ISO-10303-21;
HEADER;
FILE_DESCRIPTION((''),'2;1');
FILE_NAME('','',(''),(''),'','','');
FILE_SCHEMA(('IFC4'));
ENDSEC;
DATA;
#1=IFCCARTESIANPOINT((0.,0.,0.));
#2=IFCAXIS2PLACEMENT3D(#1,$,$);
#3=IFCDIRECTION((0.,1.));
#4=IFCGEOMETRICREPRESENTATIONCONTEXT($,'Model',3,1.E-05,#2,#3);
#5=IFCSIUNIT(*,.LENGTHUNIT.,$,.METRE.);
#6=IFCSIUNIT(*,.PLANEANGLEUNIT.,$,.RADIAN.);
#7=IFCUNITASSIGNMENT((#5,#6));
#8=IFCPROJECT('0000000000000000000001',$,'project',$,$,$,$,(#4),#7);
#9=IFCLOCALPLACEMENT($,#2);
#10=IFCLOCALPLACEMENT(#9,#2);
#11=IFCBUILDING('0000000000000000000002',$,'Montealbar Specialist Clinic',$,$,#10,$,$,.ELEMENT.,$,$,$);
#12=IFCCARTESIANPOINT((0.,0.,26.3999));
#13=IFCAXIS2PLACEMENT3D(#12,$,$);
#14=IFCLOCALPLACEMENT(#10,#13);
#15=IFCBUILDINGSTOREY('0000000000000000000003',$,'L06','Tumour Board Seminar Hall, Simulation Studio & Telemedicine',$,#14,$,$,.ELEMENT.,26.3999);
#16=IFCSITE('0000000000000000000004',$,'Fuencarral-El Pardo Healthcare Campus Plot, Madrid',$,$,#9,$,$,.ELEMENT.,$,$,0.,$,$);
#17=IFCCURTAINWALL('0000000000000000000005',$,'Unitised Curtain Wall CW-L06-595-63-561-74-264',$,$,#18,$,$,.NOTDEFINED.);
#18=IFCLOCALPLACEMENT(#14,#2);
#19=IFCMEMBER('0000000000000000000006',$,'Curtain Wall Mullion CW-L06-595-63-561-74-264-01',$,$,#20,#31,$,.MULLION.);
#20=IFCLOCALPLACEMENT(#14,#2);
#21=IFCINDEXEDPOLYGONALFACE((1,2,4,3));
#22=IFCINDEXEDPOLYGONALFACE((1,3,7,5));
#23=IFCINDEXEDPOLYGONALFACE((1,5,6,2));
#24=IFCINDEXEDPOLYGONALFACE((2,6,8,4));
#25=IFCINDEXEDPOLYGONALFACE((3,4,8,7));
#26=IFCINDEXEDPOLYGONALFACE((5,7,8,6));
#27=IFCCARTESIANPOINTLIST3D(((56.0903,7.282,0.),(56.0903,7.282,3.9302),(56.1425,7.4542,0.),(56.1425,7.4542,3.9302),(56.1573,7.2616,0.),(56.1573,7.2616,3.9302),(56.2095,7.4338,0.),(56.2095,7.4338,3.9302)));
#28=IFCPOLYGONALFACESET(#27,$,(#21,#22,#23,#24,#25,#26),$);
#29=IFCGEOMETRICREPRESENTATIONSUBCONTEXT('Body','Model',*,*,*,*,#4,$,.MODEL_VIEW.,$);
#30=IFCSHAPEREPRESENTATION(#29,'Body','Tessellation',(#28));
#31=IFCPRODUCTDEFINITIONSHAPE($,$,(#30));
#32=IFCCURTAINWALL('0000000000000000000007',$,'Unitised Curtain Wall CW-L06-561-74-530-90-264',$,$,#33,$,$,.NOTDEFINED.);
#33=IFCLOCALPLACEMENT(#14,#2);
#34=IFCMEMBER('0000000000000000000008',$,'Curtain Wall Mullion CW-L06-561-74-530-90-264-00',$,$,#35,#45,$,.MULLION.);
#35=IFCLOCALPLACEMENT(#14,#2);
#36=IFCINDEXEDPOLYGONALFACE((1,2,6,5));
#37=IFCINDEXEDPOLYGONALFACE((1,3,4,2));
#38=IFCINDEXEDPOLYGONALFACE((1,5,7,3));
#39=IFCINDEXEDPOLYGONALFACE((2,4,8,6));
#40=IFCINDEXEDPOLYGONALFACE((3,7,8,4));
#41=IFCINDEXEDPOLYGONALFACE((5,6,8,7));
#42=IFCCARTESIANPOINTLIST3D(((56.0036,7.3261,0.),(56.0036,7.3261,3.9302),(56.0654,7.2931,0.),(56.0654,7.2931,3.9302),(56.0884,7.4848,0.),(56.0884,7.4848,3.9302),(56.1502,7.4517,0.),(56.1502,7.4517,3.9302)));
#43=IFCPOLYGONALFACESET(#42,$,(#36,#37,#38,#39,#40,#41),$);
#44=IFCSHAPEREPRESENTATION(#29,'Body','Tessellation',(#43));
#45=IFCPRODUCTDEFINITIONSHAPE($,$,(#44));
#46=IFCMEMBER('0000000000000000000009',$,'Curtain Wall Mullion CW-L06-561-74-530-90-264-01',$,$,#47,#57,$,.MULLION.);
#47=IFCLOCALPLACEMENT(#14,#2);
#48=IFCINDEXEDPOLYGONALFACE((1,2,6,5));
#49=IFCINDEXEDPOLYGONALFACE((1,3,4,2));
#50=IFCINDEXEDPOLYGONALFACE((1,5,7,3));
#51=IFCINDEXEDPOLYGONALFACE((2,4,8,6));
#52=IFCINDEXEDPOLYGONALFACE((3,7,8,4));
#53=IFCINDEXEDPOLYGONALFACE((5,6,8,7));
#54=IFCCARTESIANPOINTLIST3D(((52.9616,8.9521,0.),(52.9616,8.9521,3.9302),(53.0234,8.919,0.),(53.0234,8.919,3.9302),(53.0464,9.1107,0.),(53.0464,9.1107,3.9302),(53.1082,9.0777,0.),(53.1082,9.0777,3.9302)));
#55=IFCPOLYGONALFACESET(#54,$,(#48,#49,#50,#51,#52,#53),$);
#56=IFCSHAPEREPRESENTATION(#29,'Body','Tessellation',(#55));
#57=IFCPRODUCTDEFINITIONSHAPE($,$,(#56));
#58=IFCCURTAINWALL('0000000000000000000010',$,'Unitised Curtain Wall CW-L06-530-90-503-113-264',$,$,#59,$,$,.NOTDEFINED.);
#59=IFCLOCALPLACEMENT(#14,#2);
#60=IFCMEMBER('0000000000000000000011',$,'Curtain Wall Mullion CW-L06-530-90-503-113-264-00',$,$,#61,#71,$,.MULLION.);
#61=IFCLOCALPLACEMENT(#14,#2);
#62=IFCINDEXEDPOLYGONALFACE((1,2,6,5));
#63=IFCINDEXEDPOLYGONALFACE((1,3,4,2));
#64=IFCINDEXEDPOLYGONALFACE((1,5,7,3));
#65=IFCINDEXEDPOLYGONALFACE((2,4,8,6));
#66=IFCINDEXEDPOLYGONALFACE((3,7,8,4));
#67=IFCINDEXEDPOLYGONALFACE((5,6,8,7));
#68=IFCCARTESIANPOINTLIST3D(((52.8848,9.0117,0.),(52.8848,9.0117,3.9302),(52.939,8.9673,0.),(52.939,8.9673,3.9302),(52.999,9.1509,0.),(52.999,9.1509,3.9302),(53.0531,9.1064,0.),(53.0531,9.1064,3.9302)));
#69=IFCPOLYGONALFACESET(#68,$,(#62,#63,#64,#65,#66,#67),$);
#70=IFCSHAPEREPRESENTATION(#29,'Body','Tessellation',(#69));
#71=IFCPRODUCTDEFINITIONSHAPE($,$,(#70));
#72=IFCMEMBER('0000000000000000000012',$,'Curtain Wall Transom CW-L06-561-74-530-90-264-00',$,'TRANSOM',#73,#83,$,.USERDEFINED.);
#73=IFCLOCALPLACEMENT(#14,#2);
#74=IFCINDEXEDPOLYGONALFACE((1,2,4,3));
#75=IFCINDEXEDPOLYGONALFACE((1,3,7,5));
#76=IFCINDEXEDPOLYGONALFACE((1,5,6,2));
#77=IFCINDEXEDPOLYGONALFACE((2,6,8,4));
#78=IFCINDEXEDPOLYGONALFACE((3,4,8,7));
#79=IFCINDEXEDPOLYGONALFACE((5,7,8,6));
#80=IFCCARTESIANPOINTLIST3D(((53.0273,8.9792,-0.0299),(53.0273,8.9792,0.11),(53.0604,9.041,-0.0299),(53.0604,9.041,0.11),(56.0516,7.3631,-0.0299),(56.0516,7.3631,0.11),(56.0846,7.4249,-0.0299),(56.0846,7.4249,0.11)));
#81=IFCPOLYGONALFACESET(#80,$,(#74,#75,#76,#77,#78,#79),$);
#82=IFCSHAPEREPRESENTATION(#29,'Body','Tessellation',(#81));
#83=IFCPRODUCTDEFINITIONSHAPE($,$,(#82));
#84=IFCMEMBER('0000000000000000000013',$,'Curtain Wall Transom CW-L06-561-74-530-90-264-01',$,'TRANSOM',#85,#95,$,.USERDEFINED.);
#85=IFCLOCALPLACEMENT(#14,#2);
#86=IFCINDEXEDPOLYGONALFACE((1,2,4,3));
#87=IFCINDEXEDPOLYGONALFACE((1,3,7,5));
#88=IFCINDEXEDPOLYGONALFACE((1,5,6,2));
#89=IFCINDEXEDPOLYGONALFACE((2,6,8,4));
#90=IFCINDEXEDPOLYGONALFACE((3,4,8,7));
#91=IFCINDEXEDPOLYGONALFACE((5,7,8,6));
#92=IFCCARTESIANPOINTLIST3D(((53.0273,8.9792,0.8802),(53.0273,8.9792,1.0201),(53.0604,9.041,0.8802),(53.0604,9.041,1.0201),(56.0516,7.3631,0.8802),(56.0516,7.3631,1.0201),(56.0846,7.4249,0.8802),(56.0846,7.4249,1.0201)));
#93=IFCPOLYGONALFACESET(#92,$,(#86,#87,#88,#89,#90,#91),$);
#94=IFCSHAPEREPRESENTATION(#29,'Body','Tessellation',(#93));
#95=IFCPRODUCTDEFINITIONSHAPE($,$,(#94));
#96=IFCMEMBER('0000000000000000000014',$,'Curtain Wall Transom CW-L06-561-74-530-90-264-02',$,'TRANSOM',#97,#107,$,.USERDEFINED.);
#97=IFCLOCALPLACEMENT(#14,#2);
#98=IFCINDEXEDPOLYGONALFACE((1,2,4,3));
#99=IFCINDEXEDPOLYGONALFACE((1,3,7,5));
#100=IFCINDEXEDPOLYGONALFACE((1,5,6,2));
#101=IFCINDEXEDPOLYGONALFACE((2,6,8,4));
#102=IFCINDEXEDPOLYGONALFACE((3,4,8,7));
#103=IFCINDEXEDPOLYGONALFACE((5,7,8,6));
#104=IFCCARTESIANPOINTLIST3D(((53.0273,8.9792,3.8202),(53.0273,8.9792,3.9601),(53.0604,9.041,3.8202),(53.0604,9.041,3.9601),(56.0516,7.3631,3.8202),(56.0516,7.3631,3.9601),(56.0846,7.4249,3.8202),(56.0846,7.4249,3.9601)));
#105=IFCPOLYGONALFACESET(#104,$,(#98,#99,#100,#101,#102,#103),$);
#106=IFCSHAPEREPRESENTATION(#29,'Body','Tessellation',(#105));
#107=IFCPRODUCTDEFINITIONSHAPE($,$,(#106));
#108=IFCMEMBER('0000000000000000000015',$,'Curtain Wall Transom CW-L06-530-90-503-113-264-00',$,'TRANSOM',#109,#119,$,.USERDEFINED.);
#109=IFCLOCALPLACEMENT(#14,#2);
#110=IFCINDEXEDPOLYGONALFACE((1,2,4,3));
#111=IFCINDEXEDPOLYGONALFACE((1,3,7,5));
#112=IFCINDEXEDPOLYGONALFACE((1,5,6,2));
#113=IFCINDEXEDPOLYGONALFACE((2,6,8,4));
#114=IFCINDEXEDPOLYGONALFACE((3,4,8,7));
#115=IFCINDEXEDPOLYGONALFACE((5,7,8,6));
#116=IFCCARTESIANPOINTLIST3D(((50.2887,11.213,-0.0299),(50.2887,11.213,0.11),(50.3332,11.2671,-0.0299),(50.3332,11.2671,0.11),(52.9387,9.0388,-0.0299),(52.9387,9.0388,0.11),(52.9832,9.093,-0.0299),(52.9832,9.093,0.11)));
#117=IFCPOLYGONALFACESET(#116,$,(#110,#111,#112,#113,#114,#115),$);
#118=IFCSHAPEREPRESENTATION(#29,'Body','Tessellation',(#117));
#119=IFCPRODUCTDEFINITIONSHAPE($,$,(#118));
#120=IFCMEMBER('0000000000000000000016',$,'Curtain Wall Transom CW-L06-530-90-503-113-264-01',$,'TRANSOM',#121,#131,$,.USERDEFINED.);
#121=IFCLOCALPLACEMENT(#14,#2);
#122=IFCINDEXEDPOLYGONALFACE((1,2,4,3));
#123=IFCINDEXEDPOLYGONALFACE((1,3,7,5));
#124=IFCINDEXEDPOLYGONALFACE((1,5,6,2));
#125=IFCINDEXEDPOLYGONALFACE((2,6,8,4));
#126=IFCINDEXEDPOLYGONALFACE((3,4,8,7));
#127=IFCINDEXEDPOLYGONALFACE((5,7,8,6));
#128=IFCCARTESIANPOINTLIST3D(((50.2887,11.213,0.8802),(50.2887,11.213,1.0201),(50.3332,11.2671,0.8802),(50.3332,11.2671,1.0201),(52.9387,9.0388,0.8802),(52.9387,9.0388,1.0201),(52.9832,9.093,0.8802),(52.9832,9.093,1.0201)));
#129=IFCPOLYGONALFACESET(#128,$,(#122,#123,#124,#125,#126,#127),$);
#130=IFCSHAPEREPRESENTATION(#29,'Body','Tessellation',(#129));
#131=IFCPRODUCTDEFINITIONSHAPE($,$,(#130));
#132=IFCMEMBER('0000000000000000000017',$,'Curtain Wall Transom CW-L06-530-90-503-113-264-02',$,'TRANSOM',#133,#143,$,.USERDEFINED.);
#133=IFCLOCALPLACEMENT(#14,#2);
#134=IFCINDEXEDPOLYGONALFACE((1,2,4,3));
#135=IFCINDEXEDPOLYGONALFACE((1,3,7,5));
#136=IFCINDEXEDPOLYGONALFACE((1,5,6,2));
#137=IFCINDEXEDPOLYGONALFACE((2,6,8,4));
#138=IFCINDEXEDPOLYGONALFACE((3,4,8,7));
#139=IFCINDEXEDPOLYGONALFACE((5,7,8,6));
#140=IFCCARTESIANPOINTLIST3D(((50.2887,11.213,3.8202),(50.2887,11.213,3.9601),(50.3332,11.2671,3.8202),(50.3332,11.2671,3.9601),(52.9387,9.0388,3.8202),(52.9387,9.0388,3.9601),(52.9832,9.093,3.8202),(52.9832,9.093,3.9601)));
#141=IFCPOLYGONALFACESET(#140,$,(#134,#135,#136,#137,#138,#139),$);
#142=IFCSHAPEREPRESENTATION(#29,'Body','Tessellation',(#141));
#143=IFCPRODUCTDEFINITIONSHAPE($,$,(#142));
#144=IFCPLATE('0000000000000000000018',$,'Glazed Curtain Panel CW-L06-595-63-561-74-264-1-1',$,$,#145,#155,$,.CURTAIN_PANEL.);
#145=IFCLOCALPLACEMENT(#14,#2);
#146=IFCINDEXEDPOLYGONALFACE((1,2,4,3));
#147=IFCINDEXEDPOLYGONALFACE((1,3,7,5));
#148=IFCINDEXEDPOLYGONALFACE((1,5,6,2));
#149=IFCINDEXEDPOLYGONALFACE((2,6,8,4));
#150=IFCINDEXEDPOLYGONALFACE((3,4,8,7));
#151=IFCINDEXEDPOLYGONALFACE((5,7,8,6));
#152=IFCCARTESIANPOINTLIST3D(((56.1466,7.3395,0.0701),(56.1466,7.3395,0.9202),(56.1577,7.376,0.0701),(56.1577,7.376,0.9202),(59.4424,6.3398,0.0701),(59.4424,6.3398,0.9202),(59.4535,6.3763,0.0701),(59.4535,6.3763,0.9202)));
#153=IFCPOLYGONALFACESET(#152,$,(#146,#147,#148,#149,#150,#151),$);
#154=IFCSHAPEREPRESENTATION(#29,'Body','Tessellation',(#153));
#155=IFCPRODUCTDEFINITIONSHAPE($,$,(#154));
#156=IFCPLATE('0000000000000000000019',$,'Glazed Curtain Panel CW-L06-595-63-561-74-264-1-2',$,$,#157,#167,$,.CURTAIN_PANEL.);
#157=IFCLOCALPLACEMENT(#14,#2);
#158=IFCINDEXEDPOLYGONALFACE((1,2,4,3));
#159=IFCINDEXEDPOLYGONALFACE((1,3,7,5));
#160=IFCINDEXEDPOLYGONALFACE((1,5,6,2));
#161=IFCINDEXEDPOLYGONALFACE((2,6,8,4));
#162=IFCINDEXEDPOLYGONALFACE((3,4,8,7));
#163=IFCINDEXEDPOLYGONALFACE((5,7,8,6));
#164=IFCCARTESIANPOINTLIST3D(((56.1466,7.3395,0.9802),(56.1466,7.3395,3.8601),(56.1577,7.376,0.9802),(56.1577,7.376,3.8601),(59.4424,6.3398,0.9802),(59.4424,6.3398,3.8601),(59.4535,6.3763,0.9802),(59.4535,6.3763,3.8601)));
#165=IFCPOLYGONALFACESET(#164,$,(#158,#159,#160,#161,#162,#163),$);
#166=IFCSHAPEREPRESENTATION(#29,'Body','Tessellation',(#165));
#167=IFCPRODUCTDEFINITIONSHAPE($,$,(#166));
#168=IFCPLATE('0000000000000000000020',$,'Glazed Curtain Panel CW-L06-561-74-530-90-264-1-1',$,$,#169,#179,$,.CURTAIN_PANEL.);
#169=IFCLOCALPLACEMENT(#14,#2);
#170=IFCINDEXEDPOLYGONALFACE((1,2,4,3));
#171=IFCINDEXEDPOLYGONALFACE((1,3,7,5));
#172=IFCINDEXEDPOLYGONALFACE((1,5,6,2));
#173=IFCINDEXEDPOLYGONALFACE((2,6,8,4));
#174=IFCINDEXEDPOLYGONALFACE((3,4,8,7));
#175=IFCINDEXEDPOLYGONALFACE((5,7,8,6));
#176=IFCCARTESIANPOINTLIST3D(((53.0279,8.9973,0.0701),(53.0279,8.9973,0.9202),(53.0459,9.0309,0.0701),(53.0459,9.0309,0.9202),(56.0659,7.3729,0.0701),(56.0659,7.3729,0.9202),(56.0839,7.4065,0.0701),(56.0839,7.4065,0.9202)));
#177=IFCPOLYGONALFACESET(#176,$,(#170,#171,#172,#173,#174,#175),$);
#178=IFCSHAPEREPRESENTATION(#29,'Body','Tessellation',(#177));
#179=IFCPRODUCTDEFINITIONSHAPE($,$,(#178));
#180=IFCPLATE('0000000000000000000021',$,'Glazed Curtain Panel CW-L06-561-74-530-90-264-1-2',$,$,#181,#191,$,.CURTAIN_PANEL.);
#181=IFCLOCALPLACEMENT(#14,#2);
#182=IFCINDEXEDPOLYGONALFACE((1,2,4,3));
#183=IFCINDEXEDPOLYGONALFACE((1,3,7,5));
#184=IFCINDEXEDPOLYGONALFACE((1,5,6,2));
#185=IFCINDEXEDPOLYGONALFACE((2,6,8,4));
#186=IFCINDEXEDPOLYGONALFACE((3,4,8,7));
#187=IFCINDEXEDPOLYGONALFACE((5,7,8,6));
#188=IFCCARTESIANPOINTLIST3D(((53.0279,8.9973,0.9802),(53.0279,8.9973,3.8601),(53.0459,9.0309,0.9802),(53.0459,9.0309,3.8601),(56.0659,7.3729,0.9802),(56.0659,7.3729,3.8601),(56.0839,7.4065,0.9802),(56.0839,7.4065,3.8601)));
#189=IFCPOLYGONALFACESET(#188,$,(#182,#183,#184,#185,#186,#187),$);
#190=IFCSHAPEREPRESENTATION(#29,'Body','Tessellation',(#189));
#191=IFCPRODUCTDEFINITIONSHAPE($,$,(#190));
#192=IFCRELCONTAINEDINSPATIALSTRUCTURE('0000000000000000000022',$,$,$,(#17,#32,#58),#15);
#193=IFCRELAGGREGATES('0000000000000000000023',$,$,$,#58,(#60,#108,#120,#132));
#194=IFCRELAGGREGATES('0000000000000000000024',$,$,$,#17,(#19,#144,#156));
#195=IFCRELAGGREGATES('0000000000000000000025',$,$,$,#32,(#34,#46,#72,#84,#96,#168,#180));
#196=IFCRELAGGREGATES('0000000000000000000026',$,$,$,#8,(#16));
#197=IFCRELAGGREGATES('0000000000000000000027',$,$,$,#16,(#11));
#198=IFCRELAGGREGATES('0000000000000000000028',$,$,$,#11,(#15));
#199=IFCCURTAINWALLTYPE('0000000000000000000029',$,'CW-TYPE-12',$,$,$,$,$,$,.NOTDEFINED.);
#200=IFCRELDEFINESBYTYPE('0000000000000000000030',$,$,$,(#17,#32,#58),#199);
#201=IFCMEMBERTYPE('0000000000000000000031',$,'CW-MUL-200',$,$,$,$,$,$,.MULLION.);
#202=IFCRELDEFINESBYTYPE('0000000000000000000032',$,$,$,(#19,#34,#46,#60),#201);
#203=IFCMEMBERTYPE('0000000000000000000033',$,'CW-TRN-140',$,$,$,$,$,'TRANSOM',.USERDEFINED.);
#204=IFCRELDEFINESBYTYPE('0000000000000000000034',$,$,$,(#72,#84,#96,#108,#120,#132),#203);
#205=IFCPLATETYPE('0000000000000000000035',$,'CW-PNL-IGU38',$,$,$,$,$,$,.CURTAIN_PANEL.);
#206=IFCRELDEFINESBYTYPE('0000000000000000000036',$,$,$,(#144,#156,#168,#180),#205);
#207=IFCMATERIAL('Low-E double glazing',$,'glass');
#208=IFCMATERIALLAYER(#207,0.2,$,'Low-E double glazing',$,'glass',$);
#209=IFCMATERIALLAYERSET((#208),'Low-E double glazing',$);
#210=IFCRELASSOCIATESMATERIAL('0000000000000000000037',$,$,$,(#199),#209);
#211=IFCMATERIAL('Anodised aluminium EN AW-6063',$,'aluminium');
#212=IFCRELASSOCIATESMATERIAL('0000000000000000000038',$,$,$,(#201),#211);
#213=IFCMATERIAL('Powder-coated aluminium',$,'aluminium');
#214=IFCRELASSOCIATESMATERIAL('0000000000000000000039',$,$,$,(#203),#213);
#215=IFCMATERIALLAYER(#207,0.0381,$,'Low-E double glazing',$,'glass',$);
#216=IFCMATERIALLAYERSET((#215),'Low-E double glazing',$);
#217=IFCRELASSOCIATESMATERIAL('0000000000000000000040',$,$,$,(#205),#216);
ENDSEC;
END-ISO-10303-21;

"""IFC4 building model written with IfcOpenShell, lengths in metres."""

from ifc_helpers import new_model, si_unit, direction, frame, origin, origin_2d, place, context, subcontext, project, spatial, rectangle, extrude, material, layer, layer_set, material_profile, profile_set, type_object, element, aggregate, save


model = new_model("IFC4")

# Units and contexts
model_context = context("Model", 3, precision=1e-05, world=origin(), true_north=direction((0.0, 1.0)))
body_context = subcontext(model_context, "Body", "Model", "MODEL_VIEW")
ifc_project = project(units=[si_unit("LENGTHUNIT", "METRE"), si_unit("PLANEANGLEUNIT", "RADIAN")], contexts=[model_context])

# Site, building, storey
site_placement = place(None, origin())
site = spatial("IfcSite", under=ifc_project, at=site_placement, Name="Fuencarral-El Pardo Healthcare Campus Plot, Madrid", CompositionType="ELEMENT", RefElevation=0.0)
building_placement = place(site_placement, origin())
building = spatial("IfcBuilding", under=site, at=building_placement, Name="Montealbar Specialist Clinic", CompositionType="ELEMENT")
storey_placement = place(building_placement, frame((0.0, 0.0, 26.3999)))
storey = spatial("IfcBuildingStorey", under=building, at=storey_placement, Name="L06", Description="Tumour Board Seminar Hall, Simulation Studio & Telemedicine", CompositionType="ELEMENT", Elevation=26.3999)

# Curtain wall, member
ifc_material_1 = material(Name="Low-E double glazing", Category="glass")
ifc_layer_1 = layer(ifc_material_1, 0.2, Name="Low-E double glazing", Category="glass")
ifc_layer_set_1 = layer_set([ifc_layer_1], Name="Low-E double glazing")
curtain_wall_type = type_object("IfcCurtainWallType", Name="CW-TYPE-12", PredefinedType="NOTDEFINED", material=ifc_layer_set_1)
curtain_wall_1_placement = place(storey_placement, origin())
curtain_wall_1 = element("IfcCurtainWall", 1, at=curtain_wall_1_placement, inside=storey, type_object=curtain_wall_type, Name="Unitised Curtain Wall CW-L06-595-63-561-74-264", PredefinedType="NOTDEFINED")
ifc_material_2 = material(Name="Anodised aluminium EN AW-6063", Category="aluminium")
ifc_material_profile_1 = material_profile(ifc_material_2, rectangle(XDim=0.0701, YDim=0.1799, at=origin_2d()), Name="ALU 70x180", Category="aluminium")
ifc_profile_set_1 = profile_set([ifc_material_profile_1], Name="Anodised aluminium EN AW-6063")
member_type_1 = type_object("IfcMemberType", Name="CW-MUL-200", PredefinedType="MULLION", material=ifc_profile_set_1)
member_1_placement = place(storey_placement, frame((56.1499, 7.3579, 0.0), z_axis=(0.0, 0.0, 1.0), x_axis=(-0.956948, 0.290259, 0.0)))
member_1 = element("IfcMember", 2, at=member_1_placement, type_object=member_type_1, Name="Curtain Wall Mullion CW-L06-595-63-561-74-264-01", PredefinedType="MULLION", context=body_context, shape_type="SweptSolid", body=[
    extrude(rectangle(XDim=0.0701, YDim=0.1799, at=origin_2d()), origin(), (0.0, 0.0, 1.0), 3.9302),
])

# Curtain wall, members
curtain_wall_2_placement = place(storey_placement, origin())
curtain_wall_2 = element("IfcCurtainWall", 3, at=curtain_wall_2_placement, inside=storey, type_object=curtain_wall_type, Name="Unitised Curtain Wall CW-L06-561-74-530-90-264", PredefinedType="NOTDEFINED")
member_2_placement = place(storey_placement, frame((56.0769, 7.3889, 0.0), z_axis=(0.0, 0.0, 1.0), x_axis=(-0.88185, 0.471529, 0.0)))
member_2 = element("IfcMember", 4, at=member_2_placement, type_object=member_type_1, Name="Curtain Wall Mullion CW-L06-561-74-530-90-264-00", PredefinedType="MULLION", context=body_context, shape_type="SweptSolid", body=[
    extrude(rectangle(XDim=0.0701, YDim=0.1799, at=origin_2d()), origin(), (0.0, 0.0, 1.0), 3.9302),
])
member_3_placement = place(storey_placement, frame((53.0349, 9.0149, 0.0), z_axis=(0.0, 0.0, 1.0), x_axis=(-0.88185, 0.471529, 0.0)))
member_3 = element("IfcMember", 5, at=member_3_placement, type_object=member_type_1, Name="Curtain Wall Mullion CW-L06-561-74-530-90-264-01", PredefinedType="MULLION", context=body_context, shape_type="SweptSolid", body=[
    extrude(rectangle(XDim=0.0701, YDim=0.1799, at=origin_2d()), origin(), (0.0, 0.0, 1.0), 3.9302),
])

# Curtain wall, member
curtain_wall_3_placement = place(storey_placement, origin())
curtain_wall_3 = element("IfcCurtainWall", 6, at=curtain_wall_3_placement, inside=storey, type_object=curtain_wall_type, Name="Unitised Curtain Wall CW-L06-530-90-503-113-264", PredefinedType="NOTDEFINED")
member_4_placement = place(storey_placement, frame((52.969, 9.0591, 0.0), z_axis=(0.0, 0.0, 1.0), x_axis=(-0.773123, 0.634256, 0.0)))
member_4 = element("IfcMember", 7, at=member_4_placement, type_object=member_type_1, Name="Curtain Wall Mullion CW-L06-530-90-503-113-264-00", PredefinedType="MULLION", context=body_context, shape_type="SweptSolid", body=[
    extrude(rectangle(XDim=0.0701, YDim=0.1799, at=origin_2d()), origin(), (0.0, 0.0, 1.0), 3.9302),
])

# Members
ifc_material_3 = material(Name="Powder-coated aluminium", Category="aluminium")
ifc_material_profile_2 = material_profile(ifc_material_3, rectangle(XDim=0.0701, YDim=0.1399, at=origin_2d()), Name="ALU 70x140", Category="aluminium")
ifc_profile_set_2 = profile_set([ifc_material_profile_2], Name="Powder-coated aluminium")
member_type_2 = type_object("IfcMemberType", Name="CW-TRN-140", ElementType="TRANSOM", PredefinedType="USERDEFINED", material=ifc_profile_set_2)
member_5_placement = place(storey_placement, frame((56.0681, 7.394, 0.04), z_axis=(-0.88198, 0.471287, 0.0), x_axis=(-0.471287, -0.88198, 0.0)))
member_5 = element("IfcMember", 8, at=member_5_placement, type_object=member_type_2, Name="Curtain Wall Transom CW-L06-561-74-530-90-264-00", ObjectType="TRANSOM", PredefinedType="USERDEFINED", context=body_context, shape_type="SweptSolid", body=[
    extrude(rectangle(XDim=0.0701, YDim=0.1399, at=origin_2d()), origin(), (0.0, 0.0, 1.0), 3.429),
])
member_6_placement = place(storey_placement, frame((56.0681, 7.394, 0.9502), z_axis=(-0.88198, 0.471287, 0.0), x_axis=(-0.471287, -0.88198, 0.0)))
member_6 = element("IfcMember", 9, at=member_6_placement, type_object=member_type_2, Name="Curtain Wall Transom CW-L06-561-74-530-90-264-01", ObjectType="TRANSOM", PredefinedType="USERDEFINED", context=body_context, shape_type="SweptSolid", body=[
    extrude(rectangle(XDim=0.0701, YDim=0.1399, at=origin_2d()), origin(), (0.0, 0.0, 1.0), 3.429),
])
member_7_placement = place(storey_placement, frame((56.0681, 7.394, 3.8901), z_axis=(-0.88198, 0.471287, 0.0), x_axis=(-0.471287, -0.88198, 0.0)))
member_7 = element("IfcMember", 10, at=member_7_placement, type_object=member_type_2, Name="Curtain Wall Transom CW-L06-561-74-530-90-264-02", ObjectType="TRANSOM", PredefinedType="USERDEFINED", context=body_context, shape_type="SweptSolid", body=[
    extrude(rectangle(XDim=0.0701, YDim=0.1399, at=origin_2d()), origin(), (0.0, 0.0, 1.0), 3.429),
])
member_8_placement = place(storey_placement, frame((52.9609, 9.0659, 0.04), z_axis=(-0.773103, 0.634281, 0.0), x_axis=(-0.634281, -0.773103, 0.0)))
member_8 = element("IfcMember", 11, at=member_8_placement, type_object=member_type_2, Name="Curtain Wall Transom CW-L06-530-90-503-113-264-00", ObjectType="TRANSOM", PredefinedType="USERDEFINED", context=body_context, shape_type="SweptSolid", body=[
    extrude(rectangle(XDim=0.0701, YDim=0.1399, at=origin_2d()), origin(), (0.0, 0.0, 1.0), 3.4277),
])
member_9_placement = place(storey_placement, frame((52.9609, 9.0659, 0.9502), z_axis=(-0.773103, 0.634281, 0.0), x_axis=(-0.634281, -0.773103, 0.0)))
member_9 = element("IfcMember", 12, at=member_9_placement, type_object=member_type_2, Name="Curtain Wall Transom CW-L06-530-90-503-113-264-01", ObjectType="TRANSOM", PredefinedType="USERDEFINED", context=body_context, shape_type="SweptSolid", body=[
    extrude(rectangle(XDim=0.0701, YDim=0.1399, at=origin_2d()), origin(), (0.0, 0.0, 1.0), 3.4277),
])
member_10_placement = place(storey_placement, frame((52.9609, 9.0659, 3.8901), z_axis=(-0.773103, 0.634281, 0.0), x_axis=(-0.634281, -0.773103, 0.0)))
member_10 = element("IfcMember", 13, at=member_10_placement, type_object=member_type_2, Name="Curtain Wall Transom CW-L06-530-90-503-113-264-02", ObjectType="TRANSOM", PredefinedType="USERDEFINED", context=body_context, shape_type="SweptSolid", body=[
    extrude(rectangle(XDim=0.0701, YDim=0.1399, at=origin_2d()), origin(), (0.0, 0.0, 1.0), 3.4277),
])
aggregate(curtain_wall_3, [member_4, member_8, member_9, member_10])

# Plates
ifc_layer_2 = layer(ifc_material_1, 0.0381, Name="Low-E double glazing", Category="glass")
ifc_layer_set_2 = layer_set([ifc_layer_2], Name="Low-E double glazing")
plate_type = type_object("IfcPlateType", Name="CW-PNL-IGU38", PredefinedType="CURTAIN_PANEL", material=ifc_layer_set_2)
plate_1_placement = place(storey_placement, frame((57.8, 6.8579, 0.0701), z_axis=(0.0, 0.0, 1.0), x_axis=(-0.956948, 0.290259, 0.0)))
plate_1 = element("IfcPlate", 14, at=plate_1_placement, type_object=plate_type, Name="Glazed Curtain Panel CW-L06-595-63-561-74-264-1-1", PredefinedType="CURTAIN_PANEL", context=body_context, shape_type="SweptSolid", body=[
    extrude(rectangle(XDim=3.4441, YDim=0.0381, at=origin_2d()), origin(), (0.0, 0.0, 1.0), 0.8501),
])
plate_2_placement = place(storey_placement, frame((57.8, 6.8579, 0.9802), z_axis=(0.0, 0.0, 1.0), x_axis=(-0.956948, 0.290259, 0.0)))
plate_2 = element("IfcPlate", 15, at=plate_2_placement, type_object=plate_type, Name="Glazed Curtain Panel CW-L06-595-63-561-74-264-1-2", PredefinedType="CURTAIN_PANEL", context=body_context, shape_type="SweptSolid", body=[
    extrude(rectangle(XDim=3.4441, YDim=0.0381, at=origin_2d()), origin(), (0.0, 0.0, 1.0), 2.8799),
])
aggregate(curtain_wall_1, [member_1, plate_1, plate_2])
plate_3_placement = place(storey_placement, frame((54.5559, 8.2019, 0.0701), z_axis=(0.0, 0.0, 1.0), x_axis=(-0.88185, 0.471529, 0.0)))
plate_3 = element("IfcPlate", 16, at=plate_3_placement, type_object=plate_type, Name="Glazed Curtain Panel CW-L06-561-74-530-90-264-1-1", PredefinedType="CURTAIN_PANEL", context=body_context, shape_type="SweptSolid", body=[
    extrude(rectangle(XDim=3.4451, YDim=0.0381, at=origin_2d()), origin(), (0.0, 0.0, 1.0), 0.8501),
])
plate_4_placement = place(storey_placement, frame((54.5559, 8.2019, 0.9802), z_axis=(0.0, 0.0, 1.0), x_axis=(-0.88185, 0.471529, 0.0)))
plate_4 = element("IfcPlate", 17, at=plate_4_placement, type_object=plate_type, Name="Glazed Curtain Panel CW-L06-561-74-530-90-264-1-2", PredefinedType="CURTAIN_PANEL", context=body_context, shape_type="SweptSolid", body=[
    extrude(rectangle(XDim=3.4451, YDim=0.0381, at=origin_2d()), origin(), (0.0, 0.0, 1.0), 2.8799),
])
aggregate(curtain_wall_2, [member_2, member_3, member_5, member_6, member_7, plate_3, plate_4])

save(model, "model.ifc")
